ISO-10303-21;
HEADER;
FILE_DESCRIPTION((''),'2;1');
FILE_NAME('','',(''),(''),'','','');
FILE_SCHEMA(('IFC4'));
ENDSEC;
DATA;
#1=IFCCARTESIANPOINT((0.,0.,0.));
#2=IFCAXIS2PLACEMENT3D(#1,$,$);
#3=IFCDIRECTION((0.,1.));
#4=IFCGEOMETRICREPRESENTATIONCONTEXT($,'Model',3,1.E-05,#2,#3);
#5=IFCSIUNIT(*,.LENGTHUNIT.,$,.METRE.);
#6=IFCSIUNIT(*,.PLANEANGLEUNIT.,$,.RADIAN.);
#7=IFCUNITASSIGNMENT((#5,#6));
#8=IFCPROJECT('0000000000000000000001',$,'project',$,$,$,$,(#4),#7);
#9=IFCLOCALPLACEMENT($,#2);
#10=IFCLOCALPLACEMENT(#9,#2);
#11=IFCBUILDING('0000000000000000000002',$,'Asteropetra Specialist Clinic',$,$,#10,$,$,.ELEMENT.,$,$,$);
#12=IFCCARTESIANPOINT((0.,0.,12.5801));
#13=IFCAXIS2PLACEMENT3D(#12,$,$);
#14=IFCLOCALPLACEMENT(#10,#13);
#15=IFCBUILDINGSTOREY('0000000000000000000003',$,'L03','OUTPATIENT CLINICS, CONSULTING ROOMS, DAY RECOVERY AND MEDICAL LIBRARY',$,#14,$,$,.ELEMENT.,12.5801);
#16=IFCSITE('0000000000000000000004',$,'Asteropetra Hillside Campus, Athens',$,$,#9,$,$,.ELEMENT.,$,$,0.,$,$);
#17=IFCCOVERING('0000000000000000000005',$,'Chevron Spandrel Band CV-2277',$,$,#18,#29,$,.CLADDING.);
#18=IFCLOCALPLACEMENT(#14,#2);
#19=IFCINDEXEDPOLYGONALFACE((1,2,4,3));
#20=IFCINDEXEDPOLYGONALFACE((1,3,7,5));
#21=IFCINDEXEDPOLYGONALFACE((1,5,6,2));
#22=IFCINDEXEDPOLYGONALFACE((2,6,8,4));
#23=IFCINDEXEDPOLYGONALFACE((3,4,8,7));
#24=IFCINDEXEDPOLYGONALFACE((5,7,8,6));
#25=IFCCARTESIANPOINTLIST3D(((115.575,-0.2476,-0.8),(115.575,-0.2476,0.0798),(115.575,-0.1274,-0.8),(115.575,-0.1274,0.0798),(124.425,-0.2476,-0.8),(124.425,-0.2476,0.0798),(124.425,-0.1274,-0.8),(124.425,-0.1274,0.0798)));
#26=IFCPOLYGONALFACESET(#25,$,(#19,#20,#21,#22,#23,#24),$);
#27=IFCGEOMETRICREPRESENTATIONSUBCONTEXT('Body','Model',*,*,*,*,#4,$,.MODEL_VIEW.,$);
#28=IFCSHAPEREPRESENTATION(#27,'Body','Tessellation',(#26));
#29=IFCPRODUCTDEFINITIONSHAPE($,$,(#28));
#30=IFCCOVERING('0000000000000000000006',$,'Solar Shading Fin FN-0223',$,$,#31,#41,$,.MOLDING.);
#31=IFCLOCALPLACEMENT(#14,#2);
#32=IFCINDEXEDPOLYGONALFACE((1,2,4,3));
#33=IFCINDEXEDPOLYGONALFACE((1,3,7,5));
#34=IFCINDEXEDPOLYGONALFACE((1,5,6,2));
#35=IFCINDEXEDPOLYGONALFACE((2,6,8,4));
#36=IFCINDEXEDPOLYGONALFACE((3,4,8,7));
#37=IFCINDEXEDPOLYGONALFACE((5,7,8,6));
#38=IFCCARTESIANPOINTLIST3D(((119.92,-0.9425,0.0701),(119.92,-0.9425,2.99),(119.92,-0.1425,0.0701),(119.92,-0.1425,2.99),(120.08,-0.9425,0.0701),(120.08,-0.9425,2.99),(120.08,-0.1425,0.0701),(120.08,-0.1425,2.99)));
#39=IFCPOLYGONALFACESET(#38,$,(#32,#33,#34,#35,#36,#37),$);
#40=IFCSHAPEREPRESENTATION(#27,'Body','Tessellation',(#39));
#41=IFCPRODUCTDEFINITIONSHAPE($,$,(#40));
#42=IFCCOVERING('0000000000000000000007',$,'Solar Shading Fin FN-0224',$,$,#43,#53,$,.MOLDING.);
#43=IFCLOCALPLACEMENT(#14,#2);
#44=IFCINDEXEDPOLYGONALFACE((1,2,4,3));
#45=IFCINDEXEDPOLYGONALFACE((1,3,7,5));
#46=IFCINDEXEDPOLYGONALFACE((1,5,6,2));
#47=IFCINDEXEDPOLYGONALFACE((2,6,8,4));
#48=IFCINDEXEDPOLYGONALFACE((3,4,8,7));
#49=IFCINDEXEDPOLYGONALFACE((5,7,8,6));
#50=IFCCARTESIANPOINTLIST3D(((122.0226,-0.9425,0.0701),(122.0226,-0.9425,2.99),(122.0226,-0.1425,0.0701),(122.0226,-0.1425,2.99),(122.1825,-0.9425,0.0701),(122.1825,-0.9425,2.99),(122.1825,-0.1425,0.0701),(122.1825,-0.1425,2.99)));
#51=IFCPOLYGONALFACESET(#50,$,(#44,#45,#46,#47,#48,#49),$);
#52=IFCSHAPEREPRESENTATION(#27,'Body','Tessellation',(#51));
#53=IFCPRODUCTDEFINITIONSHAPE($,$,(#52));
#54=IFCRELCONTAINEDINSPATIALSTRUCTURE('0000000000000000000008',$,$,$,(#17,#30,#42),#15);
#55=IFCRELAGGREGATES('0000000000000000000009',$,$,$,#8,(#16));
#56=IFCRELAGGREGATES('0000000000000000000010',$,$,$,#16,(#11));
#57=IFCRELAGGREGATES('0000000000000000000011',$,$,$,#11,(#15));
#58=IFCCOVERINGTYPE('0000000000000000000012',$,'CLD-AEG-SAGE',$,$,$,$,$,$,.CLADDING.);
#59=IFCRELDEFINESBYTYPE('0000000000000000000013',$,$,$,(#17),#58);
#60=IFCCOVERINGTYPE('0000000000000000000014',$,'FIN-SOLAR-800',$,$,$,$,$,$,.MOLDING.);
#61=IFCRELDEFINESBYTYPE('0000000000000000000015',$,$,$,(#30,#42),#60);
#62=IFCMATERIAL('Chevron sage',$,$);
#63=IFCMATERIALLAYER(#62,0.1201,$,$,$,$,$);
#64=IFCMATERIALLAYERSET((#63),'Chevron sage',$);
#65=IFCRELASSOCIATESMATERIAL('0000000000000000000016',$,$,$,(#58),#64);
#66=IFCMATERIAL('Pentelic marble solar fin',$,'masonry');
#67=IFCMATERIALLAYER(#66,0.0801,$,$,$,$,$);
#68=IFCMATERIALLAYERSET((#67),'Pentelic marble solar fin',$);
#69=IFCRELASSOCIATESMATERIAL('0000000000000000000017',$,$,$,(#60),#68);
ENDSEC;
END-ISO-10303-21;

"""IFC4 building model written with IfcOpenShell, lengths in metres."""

from ifc_helpers import new_model, si_unit, direction, frame, origin, origin_2d, place, context, subcontext, project, spatial, rectangle, extrude, material, layer, layer_set, type_object, element, save


model = new_model("IFC4")

# Units and contexts
model_context = context("Model", 3, precision=1e-05, world=origin(), true_north=direction((0.0, 1.0)))
body_context = subcontext(model_context, "Body", "Model", "MODEL_VIEW")
ifc_project = project(units=[si_unit("LENGTHUNIT", "METRE"), si_unit("PLANEANGLEUNIT", "RADIAN")], contexts=[model_context])

# Site, building, storey
site_placement = place(None, origin())
site = spatial("IfcSite", under=ifc_project, at=site_placement, Name="Asteropetra Hillside Campus, Athens", CompositionType="ELEMENT", RefElevation=0.0)
building_placement = place(site_placement, origin())
building = spatial("IfcBuilding", under=site, at=building_placement, Name="Asteropetra Specialist Clinic", CompositionType="ELEMENT")
storey_placement = place(building_placement, frame((0.0, 0.0, 12.5801)))
storey = spatial("IfcBuildingStorey", under=building, at=storey_placement, Name="L03", Description="OUTPATIENT CLINICS, CONSULTING ROOMS, DAY RECOVERY AND MEDICAL LIBRARY", CompositionType="ELEMENT", Elevation=12.5801)

# Coverings
ifc_material_1 = material(Name="Chevron sage")
ifc_layer_1 = layer(ifc_material_1, 0.1201)
ifc_layer_set_1 = layer_set([ifc_layer_1], Name="Chevron sage")
covering_type_1 = type_object("IfcCoveringType", Name="CLD-AEG-SAGE", PredefinedType="CLADDING", material=ifc_layer_set_1)
covering_placement = place(storey_placement, frame((120.0, -0.1875, -0.8), z_axis=(0.0, 0.0, 1.0), x_axis=(1.0, 0.0, 0.0)))
element("IfcCovering", 1, at=covering_placement, inside=storey, type_object=covering_type_1, Name="Chevron Spandrel Band CV-2277", PredefinedType="CLADDING", context=body_context, shape_type="SweptSolid", body=[
    extrude(rectangle(XDim=8.8501, YDim=0.1201, at=origin_2d()), origin(), (0.0, 0.0, 1.0), 0.8799),
])
ifc_material_2 = material(Name="Pentelic marble solar fin", Category="masonry")
ifc_layer_2 = layer(ifc_material_2, 0.0801)
ifc_layer_set_2 = layer_set([ifc_layer_2], Name="Pentelic marble solar fin")
covering_type_2 = type_object("IfcCoveringType", Name="FIN-SOLAR-800", PredefinedType="MOLDING", material=ifc_layer_set_2)
for number, where, z_axis, x_axis, name in (
    (2, (120.0, -0.5425, 0.0701), (0.0, 0.0, 1.0), (1.0, 0.0, 0.0), "Solar Shading Fin FN-0223"),
    (3, (122.1025, -0.5425, 0.0701), (0.0, 0.0, 1.0), (1.0, 0.0, 0.0), "Solar Shading Fin FN-0224"),
):
    element("IfcCovering", number, at=place(storey_placement, frame(where, z_axis=z_axis, x_axis=x_axis)), inside=storey, type_object=covering_type_2, Name=name, PredefinedType="MOLDING", context=body_context, shape_type="SweptSolid", body=[
        extrude(rectangle(XDim=0.1599, YDim=0.8, at=origin_2d()), origin(), (0.0, 0.0, 1.0), 2.9199),
    ])

save(model, "model.ifc")
